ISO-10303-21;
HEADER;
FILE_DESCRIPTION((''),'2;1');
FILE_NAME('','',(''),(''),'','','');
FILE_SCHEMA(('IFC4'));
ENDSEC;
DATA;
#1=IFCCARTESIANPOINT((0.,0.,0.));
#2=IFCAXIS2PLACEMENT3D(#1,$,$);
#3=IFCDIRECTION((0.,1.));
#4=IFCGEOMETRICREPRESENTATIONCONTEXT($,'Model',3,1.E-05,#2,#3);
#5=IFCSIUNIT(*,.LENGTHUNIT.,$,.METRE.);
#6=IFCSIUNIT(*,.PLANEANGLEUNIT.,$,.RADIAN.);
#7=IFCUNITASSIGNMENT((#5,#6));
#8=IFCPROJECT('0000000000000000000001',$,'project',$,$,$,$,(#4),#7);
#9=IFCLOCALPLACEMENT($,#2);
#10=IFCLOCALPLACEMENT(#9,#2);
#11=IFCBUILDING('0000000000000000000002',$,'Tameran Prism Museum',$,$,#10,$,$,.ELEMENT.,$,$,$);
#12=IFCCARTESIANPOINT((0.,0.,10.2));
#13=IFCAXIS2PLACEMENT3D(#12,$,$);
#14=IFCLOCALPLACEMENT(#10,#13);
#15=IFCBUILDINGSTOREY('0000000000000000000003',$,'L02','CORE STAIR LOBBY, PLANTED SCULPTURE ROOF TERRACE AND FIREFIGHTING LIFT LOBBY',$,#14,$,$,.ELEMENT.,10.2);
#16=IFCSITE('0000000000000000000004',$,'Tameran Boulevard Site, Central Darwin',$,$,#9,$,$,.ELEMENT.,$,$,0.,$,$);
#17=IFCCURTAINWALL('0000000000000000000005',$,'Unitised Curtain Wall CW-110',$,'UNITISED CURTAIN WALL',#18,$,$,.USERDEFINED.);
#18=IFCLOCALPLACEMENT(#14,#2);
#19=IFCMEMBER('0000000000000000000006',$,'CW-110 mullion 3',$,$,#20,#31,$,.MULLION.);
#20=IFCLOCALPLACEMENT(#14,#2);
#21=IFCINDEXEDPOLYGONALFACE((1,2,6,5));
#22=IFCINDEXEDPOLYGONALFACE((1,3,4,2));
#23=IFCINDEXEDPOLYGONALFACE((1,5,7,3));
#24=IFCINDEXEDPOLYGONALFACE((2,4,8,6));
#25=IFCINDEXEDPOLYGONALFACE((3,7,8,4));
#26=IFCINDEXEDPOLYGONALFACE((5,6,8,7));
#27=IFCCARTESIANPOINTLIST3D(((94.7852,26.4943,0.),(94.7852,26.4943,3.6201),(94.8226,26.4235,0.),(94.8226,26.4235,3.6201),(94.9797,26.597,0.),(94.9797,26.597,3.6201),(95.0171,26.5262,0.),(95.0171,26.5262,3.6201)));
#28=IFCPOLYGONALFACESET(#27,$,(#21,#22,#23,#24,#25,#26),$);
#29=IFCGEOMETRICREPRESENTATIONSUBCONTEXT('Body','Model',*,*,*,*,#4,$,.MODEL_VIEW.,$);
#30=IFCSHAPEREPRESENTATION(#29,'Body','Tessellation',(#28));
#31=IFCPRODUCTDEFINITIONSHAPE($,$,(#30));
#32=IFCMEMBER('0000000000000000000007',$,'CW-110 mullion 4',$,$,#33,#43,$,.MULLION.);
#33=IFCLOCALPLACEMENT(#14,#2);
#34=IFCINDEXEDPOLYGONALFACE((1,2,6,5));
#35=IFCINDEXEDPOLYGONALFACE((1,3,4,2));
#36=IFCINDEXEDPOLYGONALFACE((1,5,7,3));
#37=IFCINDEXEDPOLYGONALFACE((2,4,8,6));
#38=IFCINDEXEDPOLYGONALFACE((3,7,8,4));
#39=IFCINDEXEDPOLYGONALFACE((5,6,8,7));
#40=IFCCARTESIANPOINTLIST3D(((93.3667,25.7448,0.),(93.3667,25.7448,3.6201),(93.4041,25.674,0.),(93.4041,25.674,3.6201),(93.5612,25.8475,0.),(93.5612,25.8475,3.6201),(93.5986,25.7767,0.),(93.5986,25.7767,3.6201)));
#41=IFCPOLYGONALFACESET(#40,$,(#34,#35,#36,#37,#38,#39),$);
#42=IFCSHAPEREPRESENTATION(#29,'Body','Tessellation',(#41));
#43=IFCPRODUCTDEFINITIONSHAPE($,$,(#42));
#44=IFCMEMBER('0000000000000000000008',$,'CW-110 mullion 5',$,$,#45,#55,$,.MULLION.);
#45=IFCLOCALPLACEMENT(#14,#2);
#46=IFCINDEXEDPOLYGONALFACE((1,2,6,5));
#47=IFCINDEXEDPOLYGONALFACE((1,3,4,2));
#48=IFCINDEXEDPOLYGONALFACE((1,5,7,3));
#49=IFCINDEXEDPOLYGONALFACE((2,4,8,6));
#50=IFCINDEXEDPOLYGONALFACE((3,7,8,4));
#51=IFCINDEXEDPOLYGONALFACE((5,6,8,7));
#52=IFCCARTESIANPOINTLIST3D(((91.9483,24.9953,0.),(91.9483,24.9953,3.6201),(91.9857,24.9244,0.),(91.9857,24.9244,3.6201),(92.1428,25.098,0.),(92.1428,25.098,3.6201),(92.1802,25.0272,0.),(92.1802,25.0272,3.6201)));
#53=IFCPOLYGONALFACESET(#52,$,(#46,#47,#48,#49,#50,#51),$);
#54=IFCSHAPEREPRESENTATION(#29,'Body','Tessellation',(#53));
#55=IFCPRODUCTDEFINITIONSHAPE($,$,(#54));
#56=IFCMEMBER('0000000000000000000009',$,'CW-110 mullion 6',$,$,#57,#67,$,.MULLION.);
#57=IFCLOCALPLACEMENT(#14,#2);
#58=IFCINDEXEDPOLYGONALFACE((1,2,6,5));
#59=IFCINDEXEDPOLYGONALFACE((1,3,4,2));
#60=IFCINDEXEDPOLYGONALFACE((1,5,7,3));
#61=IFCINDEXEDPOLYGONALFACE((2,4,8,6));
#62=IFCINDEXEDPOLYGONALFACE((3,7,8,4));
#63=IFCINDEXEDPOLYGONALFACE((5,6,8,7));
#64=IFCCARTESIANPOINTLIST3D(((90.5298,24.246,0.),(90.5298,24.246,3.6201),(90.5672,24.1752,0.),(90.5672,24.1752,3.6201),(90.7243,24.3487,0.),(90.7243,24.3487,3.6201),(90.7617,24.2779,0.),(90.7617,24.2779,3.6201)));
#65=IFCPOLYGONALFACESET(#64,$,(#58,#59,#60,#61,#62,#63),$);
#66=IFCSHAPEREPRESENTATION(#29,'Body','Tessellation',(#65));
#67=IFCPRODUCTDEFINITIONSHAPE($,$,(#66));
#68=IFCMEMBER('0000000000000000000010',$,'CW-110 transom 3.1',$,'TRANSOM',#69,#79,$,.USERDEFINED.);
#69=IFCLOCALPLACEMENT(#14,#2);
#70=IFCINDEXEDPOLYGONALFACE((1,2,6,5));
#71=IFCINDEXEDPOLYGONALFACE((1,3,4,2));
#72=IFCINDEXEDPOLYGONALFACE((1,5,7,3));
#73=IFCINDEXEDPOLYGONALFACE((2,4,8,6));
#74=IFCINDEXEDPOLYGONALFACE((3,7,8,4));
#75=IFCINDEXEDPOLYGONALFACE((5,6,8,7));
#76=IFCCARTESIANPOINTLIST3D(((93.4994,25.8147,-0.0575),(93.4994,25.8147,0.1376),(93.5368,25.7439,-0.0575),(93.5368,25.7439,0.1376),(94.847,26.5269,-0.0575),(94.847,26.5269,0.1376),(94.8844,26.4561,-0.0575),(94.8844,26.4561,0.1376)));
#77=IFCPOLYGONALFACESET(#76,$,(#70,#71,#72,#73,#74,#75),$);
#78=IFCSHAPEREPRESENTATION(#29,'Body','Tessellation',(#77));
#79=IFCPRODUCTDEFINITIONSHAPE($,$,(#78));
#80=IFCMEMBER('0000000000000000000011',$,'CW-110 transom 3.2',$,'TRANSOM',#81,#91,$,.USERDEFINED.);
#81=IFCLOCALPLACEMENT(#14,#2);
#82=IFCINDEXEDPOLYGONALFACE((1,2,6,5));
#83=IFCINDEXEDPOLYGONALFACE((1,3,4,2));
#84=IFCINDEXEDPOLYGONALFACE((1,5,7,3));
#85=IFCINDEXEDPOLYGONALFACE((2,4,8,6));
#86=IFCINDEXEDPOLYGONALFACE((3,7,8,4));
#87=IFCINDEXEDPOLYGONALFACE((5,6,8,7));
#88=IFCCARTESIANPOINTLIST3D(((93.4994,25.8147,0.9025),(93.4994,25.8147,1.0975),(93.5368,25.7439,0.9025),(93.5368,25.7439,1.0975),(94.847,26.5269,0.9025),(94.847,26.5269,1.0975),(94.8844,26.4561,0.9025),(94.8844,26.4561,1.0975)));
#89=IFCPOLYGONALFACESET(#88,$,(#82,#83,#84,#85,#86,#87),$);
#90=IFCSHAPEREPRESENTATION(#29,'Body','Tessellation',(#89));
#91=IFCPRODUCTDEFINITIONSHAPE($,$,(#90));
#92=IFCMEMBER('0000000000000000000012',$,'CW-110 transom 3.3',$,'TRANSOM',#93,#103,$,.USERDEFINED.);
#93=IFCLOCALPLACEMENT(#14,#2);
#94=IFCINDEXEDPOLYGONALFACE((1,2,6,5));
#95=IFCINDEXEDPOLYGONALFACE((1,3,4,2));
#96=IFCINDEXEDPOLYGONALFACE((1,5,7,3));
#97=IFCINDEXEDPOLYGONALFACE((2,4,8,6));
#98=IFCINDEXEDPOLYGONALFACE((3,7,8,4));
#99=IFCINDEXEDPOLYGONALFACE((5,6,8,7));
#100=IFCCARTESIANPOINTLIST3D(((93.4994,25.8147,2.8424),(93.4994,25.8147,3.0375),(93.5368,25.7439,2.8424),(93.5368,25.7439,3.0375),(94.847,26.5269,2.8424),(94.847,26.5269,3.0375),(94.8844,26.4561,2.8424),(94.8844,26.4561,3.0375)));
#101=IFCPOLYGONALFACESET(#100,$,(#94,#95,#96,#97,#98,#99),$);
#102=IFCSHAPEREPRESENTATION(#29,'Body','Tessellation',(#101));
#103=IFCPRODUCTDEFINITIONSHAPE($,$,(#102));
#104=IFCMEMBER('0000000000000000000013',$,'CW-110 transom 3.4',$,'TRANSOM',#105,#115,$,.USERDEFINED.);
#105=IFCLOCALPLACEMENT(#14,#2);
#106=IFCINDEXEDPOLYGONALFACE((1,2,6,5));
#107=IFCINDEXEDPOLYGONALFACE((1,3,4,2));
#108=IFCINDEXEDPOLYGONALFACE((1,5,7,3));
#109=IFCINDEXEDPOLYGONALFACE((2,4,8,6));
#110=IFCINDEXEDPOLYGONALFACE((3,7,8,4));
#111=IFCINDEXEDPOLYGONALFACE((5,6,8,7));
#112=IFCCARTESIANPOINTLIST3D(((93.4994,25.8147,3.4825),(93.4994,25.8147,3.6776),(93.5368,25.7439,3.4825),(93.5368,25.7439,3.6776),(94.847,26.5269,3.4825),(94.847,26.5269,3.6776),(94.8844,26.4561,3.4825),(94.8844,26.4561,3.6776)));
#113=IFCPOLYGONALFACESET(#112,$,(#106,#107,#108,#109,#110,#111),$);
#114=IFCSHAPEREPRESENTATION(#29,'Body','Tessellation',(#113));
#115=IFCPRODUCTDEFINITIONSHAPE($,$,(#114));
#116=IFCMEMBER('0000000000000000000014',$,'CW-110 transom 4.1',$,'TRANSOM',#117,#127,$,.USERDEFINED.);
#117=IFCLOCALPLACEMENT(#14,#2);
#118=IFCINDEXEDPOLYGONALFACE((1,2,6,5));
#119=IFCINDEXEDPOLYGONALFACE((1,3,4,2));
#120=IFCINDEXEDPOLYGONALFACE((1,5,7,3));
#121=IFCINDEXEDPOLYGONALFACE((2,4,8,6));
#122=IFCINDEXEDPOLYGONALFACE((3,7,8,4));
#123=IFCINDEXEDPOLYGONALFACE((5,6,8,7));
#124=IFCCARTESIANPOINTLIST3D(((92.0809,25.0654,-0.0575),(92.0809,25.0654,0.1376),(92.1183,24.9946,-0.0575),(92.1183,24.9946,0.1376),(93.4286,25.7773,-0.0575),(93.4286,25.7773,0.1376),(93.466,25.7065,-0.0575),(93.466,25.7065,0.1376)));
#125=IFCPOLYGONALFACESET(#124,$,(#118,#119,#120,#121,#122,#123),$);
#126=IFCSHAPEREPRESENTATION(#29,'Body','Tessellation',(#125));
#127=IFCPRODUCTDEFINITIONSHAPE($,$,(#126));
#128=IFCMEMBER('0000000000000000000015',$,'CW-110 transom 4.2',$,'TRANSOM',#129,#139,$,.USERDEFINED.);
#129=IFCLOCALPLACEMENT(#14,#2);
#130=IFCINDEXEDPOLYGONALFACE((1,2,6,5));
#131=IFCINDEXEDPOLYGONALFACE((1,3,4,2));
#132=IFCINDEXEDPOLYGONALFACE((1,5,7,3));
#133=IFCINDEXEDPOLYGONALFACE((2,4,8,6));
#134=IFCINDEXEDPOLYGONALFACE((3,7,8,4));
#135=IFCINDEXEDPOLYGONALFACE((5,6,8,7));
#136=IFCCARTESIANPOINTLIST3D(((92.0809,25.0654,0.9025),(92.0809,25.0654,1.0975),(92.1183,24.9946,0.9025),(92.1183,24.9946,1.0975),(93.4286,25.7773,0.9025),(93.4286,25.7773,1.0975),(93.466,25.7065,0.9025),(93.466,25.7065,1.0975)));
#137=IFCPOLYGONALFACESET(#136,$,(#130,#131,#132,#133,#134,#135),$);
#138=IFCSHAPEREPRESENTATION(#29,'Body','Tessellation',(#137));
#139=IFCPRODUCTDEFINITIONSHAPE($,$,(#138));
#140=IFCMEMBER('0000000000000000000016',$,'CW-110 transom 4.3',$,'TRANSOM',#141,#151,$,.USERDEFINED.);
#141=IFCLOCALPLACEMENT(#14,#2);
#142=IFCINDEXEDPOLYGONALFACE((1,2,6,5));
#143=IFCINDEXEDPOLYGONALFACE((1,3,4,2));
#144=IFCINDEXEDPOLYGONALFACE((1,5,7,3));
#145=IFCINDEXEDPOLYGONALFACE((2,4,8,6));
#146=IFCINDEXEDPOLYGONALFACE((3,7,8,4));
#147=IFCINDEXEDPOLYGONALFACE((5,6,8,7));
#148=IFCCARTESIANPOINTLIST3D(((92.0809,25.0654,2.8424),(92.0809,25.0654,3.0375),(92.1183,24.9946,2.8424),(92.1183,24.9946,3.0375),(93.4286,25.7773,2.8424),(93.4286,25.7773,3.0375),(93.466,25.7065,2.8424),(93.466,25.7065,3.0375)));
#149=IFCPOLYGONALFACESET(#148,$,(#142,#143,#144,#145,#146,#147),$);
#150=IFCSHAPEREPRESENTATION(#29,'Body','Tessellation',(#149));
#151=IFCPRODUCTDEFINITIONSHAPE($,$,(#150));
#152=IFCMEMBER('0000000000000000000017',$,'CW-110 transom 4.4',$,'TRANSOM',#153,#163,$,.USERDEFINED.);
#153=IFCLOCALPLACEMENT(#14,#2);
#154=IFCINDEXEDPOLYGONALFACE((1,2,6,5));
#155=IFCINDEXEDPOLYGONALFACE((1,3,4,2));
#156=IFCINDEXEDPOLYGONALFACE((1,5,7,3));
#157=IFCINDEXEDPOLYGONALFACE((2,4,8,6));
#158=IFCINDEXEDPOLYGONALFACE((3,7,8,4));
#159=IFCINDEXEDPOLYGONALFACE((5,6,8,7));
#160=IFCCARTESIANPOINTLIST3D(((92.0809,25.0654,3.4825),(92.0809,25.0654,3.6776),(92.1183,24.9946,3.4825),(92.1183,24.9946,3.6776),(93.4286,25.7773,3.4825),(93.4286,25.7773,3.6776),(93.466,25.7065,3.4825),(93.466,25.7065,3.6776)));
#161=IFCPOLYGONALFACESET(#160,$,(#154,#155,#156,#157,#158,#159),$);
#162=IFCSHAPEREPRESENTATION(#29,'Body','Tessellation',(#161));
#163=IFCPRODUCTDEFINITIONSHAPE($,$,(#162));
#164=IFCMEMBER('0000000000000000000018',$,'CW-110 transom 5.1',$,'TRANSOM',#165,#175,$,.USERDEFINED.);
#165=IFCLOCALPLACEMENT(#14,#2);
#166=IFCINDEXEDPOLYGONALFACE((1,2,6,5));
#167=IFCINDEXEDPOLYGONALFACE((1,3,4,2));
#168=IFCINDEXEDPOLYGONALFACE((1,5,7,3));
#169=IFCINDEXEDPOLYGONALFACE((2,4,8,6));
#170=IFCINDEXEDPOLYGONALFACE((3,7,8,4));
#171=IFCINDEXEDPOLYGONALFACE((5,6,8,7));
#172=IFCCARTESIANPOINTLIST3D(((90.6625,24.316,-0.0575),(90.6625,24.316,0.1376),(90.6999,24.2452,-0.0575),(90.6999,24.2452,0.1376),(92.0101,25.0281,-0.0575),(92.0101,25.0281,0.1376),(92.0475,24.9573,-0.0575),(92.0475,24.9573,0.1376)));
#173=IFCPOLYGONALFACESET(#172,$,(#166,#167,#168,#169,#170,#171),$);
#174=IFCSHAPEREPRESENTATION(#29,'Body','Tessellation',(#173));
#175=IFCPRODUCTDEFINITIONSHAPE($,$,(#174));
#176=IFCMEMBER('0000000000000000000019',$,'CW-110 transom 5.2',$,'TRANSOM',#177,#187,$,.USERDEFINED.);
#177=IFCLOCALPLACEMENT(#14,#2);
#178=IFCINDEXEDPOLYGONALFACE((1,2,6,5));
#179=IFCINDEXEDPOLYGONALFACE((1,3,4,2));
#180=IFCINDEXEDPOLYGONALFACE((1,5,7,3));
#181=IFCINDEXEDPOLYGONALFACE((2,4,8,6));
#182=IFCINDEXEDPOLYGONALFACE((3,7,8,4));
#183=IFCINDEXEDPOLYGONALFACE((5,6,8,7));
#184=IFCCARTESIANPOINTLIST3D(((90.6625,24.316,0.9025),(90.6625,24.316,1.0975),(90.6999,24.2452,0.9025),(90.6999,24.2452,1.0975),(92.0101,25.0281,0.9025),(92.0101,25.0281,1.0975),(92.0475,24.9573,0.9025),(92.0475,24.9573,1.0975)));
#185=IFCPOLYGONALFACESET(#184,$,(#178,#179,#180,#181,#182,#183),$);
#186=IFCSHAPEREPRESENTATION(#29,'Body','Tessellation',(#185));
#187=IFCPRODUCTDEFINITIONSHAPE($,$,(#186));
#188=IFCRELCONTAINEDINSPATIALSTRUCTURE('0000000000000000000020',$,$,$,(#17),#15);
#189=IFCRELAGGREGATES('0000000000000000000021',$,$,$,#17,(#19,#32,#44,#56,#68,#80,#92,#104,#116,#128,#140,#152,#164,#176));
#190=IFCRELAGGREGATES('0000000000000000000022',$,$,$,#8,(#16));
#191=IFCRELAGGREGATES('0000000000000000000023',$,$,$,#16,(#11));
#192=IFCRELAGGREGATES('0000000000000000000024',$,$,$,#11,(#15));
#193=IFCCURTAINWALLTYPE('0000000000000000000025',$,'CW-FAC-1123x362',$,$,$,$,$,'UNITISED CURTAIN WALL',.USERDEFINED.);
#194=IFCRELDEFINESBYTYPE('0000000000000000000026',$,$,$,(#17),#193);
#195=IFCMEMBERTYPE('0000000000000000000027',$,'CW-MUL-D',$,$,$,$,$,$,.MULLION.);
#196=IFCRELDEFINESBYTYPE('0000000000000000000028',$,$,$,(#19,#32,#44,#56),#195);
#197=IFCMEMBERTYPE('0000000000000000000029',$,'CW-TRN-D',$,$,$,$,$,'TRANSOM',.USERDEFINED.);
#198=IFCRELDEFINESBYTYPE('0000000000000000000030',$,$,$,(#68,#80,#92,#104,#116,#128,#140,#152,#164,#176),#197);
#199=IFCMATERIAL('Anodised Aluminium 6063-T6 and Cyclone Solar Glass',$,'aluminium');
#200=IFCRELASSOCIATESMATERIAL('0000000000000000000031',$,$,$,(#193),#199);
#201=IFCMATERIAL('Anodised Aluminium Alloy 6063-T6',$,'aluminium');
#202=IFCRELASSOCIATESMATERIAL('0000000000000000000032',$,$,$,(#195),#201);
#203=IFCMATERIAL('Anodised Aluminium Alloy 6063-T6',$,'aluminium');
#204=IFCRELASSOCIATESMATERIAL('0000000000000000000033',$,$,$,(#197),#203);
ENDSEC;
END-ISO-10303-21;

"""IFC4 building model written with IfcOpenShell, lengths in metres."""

from ifc_helpers import new_model, si_unit, direction, frame, origin, origin_2d, place, context, subcontext, project, spatial, rectangle, extrude, material, material_profile, profile_set, type_object, element, aggregate, save


model = new_model("IFC4")

# Units and contexts
model_context = context("Model", 3, precision=1e-05, world=origin(), true_north=direction((0.0, 1.0)))
body_context = subcontext(model_context, "Body", "Model", "MODEL_VIEW")
ifc_project = project(units=[si_unit("LENGTHUNIT", "METRE"), si_unit("PLANEANGLEUNIT", "RADIAN")], contexts=[model_context])

# Site, building, storey
site_placement = place(None, origin())
site = spatial("IfcSite", under=ifc_project, at=site_placement, Name="Tameran Boulevard Site, Central Darwin", CompositionType="ELEMENT", RefElevation=0.0)
building_placement = place(site_placement, origin())
building = spatial("IfcBuilding", under=site, at=building_placement, Name="Tameran Prism Museum", CompositionType="ELEMENT")
storey_placement = place(building_placement, frame((0.0, 0.0, 10.2)))
storey = spatial("IfcBuildingStorey", under=building, at=storey_placement, Name="L02", Description="CORE STAIR LOBBY, PLANTED SCULPTURE ROOF TERRACE AND FIREFIGHTING LIFT LOBBY", CompositionType="ELEMENT", Elevation=10.2)

# Curtain wall, members
ifc_material_1 = material(Name="Anodised Aluminium 6063-T6 and Cyclone Solar Glass", Category="aluminium")
curtain_wall_type = type_object("IfcCurtainWallType", Name="CW-FAC-1123x362", ElementType="UNITISED CURTAIN WALL", PredefinedType="USERDEFINED", material=ifc_material_1)
curtain_wall_placement = place(storey_placement, origin())
curtain_wall = element("IfcCurtainWall", 1, at=curtain_wall_placement, inside=storey, type_object=curtain_wall_type, Name="Unitised Curtain Wall CW-110", ObjectType="UNITISED CURTAIN WALL", PredefinedType="USERDEFINED")
ifc_material_2 = material(Name="Anodised Aluminium Alloy 6063-T6", Category="aluminium")
ifc_material_profile_1 = material_profile(ifc_material_2, rectangle(XDim=0.0801, YDim=0.22, at=origin_2d()))
ifc_profile_set_1 = profile_set([ifc_material_profile_1])
member_type_1 = type_object("IfcMemberType", Name="CW-MUL-D", PredefinedType="MULLION", material=ifc_profile_set_1)
member_1_placement = place(storey_placement, frame((94.9011, 26.5103, 0.0), z_axis=(0.0, 0.0, 1.0), x_axis=(0.467155, -0.884175, 0.0)))
member_1 = element("IfcMember", 2, at=member_1_placement, type_object=member_type_1, Name="CW-110 mullion 3", PredefinedType="MULLION", context=body_context, shape_type="SweptSolid", body=[
    extrude(rectangle(XDim=0.0801, YDim=0.22, at=origin_2d()), origin(), (0.0, 0.0, 1.0), 3.6201),
])
member_2_placement = place(storey_placement, frame((93.4827, 25.7607, 0.0), z_axis=(0.0, 0.0, 1.0), x_axis=(0.467155, -0.884175, 0.0)))
member_2 = element("IfcMember", 3, at=member_2_placement, type_object=member_type_1, Name="CW-110 mullion 4", PredefinedType="MULLION", context=body_context, shape_type="SweptSolid", body=[
    extrude(rectangle(XDim=0.0801, YDim=0.22, at=origin_2d()), origin(), (0.0, 0.0, 1.0), 3.6201),
])
member_3_placement = place(storey_placement, frame((92.0642, 25.0112, 0.0), z_axis=(0.0, 0.0, 1.0), x_axis=(0.467155, -0.884175, 0.0)))
member_3 = element("IfcMember", 4, at=member_3_placement, type_object=member_type_1, Name="CW-110 mullion 5", PredefinedType="MULLION", context=body_context, shape_type="SweptSolid", body=[
    extrude(rectangle(XDim=0.0801, YDim=0.22, at=origin_2d()), origin(), (0.0, 0.0, 1.0), 3.6201),
])
member_4_placement = place(storey_placement, frame((90.6458, 24.262, 0.0), z_axis=(0.0, 0.0, 1.0), x_axis=(0.467155, -0.884175, 0.0)))
member_4 = element("IfcMember", 5, at=member_4_placement, type_object=member_type_1, Name="CW-110 mullion 6", PredefinedType="MULLION", context=body_context, shape_type="SweptSolid", body=[
    extrude(rectangle(XDim=0.0801, YDim=0.22, at=origin_2d()), origin(), (0.0, 0.0, 1.0), 3.6201),
])
ifc_material_3 = material(Name="Anodised Aluminium Alloy 6063-T6", Category="aluminium")
ifc_material_profile_2 = material_profile(ifc_material_3, rectangle(XDim=0.0801, YDim=0.1951, at=origin_2d()))
ifc_profile_set_2 = profile_set([ifc_material_profile_2])
member_type_2 = type_object("IfcMemberType", Name="CW-TRN-D", ElementType="TRANSOM", PredefinedType="USERDEFINED", material=ifc_profile_set_2)
member_5_placement = place(storey_placement, frame((94.8657, 26.4915, 0.04), z_axis=(-0.884142, -0.467218, 0.0), x_axis=(0.467218, -0.884142, 0.0)))
member_5 = element("IfcMember", 6, at=member_5_placement, type_object=member_type_2, Name="CW-110 transom 3.1", ObjectType="TRANSOM", PredefinedType="USERDEFINED", context=body_context, shape_type="SweptSolid", body=[
    extrude(rectangle(XDim=0.0801, YDim=0.1951, at=origin_2d()), origin(), (0.0, 0.0, 1.0), 1.5242),
])
member_6_placement = place(storey_placement, frame((94.8657, 26.4915, 1.0), z_axis=(-0.884142, -0.467218, 0.0), x_axis=(0.467218, -0.884142, 0.0)))
member_6 = element("IfcMember", 7, at=member_6_placement, type_object=member_type_2, Name="CW-110 transom 3.2", ObjectType="TRANSOM", PredefinedType="USERDEFINED", context=body_context, shape_type="SweptSolid", body=[
    extrude(rectangle(XDim=0.0801, YDim=0.1951, at=origin_2d()), origin(), (0.0, 0.0, 1.0), 1.5242),
])
member_7_placement = place(storey_placement, frame((94.8657, 26.4915, 2.9399), z_axis=(-0.884142, -0.467218, 0.0), x_axis=(0.467218, -0.884142, 0.0)))
member_7 = element("IfcMember", 8, at=member_7_placement, type_object=member_type_2, Name="CW-110 transom 3.3", ObjectType="TRANSOM", PredefinedType="USERDEFINED", context=body_context, shape_type="SweptSolid", body=[
    extrude(rectangle(XDim=0.0801, YDim=0.1951, at=origin_2d()), origin(), (0.0, 0.0, 1.0), 1.5242),
])
member_8_placement = place(storey_placement, frame((94.8657, 26.4915, 3.5801), z_axis=(-0.884142, -0.467218, 0.0), x_axis=(0.467218, -0.884142, 0.0)))
member_8 = element("IfcMember", 9, at=member_8_placement, type_object=member_type_2, Name="CW-110 transom 3.4", ObjectType="TRANSOM", PredefinedType="USERDEFINED", context=body_context, shape_type="SweptSolid", body=[
    extrude(rectangle(XDim=0.0801, YDim=0.1951, at=origin_2d()), origin(), (0.0, 0.0, 1.0), 1.5242),
])
member_9_placement = place(storey_placement, frame((93.4473, 25.7419, 0.04), z_axis=(-0.884208, -0.467093, 0.0), x_axis=(0.467093, -0.884208, 0.0)))
member_9 = element("IfcMember", 10, at=member_9_placement, type_object=member_type_2, Name="CW-110 transom 4.1", ObjectType="TRANSOM", PredefinedType="USERDEFINED", context=body_context, shape_type="SweptSolid", body=[
    extrude(rectangle(XDim=0.0801, YDim=0.1951, at=origin_2d()), origin(), (0.0, 0.0, 1.0), 1.5242),
])
member_10_placement = place(storey_placement, frame((93.4473, 25.7419, 1.0), z_axis=(-0.884208, -0.467093, 0.0), x_axis=(0.467093, -0.884208, 0.0)))
member_10 = element("IfcMember", 11, at=member_10_placement, type_object=member_type_2, Name="CW-110 transom 4.2", ObjectType="TRANSOM", PredefinedType="USERDEFINED", context=body_context, shape_type="SweptSolid", body=[
    extrude(rectangle(XDim=0.0801, YDim=0.1951, at=origin_2d()), origin(), (0.0, 0.0, 1.0), 1.5242),
])
member_11_placement = place(storey_placement, frame((93.4473, 25.7419, 2.9399), z_axis=(-0.884208, -0.467093, 0.0), x_axis=(0.467093, -0.884208, 0.0)))
member_11 = element("IfcMember", 12, at=member_11_placement, type_object=member_type_2, Name="CW-110 transom 4.3", ObjectType="TRANSOM", PredefinedType="USERDEFINED", context=body_context, shape_type="SweptSolid", body=[
    extrude(rectangle(XDim=0.0801, YDim=0.1951, at=origin_2d()), origin(), (0.0, 0.0, 1.0), 1.5242),
])
member_12_placement = place(storey_placement, frame((93.4473, 25.7419, 3.5801), z_axis=(-0.884208, -0.467093, 0.0), x_axis=(0.467093, -0.884208, 0.0)))
member_12 = element("IfcMember", 13, at=member_12_placement, type_object=member_type_2, Name="CW-110 transom 4.4", ObjectType="TRANSOM", PredefinedType="USERDEFINED", context=body_context, shape_type="SweptSolid", body=[
    extrude(rectangle(XDim=0.0801, YDim=0.1951, at=origin_2d()), origin(), (0.0, 0.0, 1.0), 1.5242),
])
member_13_placement = place(storey_placement, frame((92.0288, 24.9927, 0.04), z_axis=(-0.884142, -0.467218, 0.0), x_axis=(0.467218, -0.884142, 0.0)))
member_13 = element("IfcMember", 14, at=member_13_placement, type_object=member_type_2, Name="CW-110 transom 5.1", ObjectType="TRANSOM", PredefinedType="USERDEFINED", context=body_context, shape_type="SweptSolid", body=[
    extrude(rectangle(XDim=0.0801, YDim=0.1951, at=origin_2d()), origin(), (0.0, 0.0, 1.0), 1.5242),
])
member_14_placement = place(storey_placement, frame((92.0288, 24.9927, 1.0), z_axis=(-0.884142, -0.467218, 0.0), x_axis=(0.467218, -0.884142, 0.0)))
member_14 = element("IfcMember", 15, at=member_14_placement, type_object=member_type_2, Name="CW-110 transom 5.2", ObjectType="TRANSOM", PredefinedType="USERDEFINED", context=body_context, shape_type="SweptSolid", body=[
    extrude(rectangle(XDim=0.0801, YDim=0.1951, at=origin_2d()), origin(), (0.0, 0.0, 1.0), 1.5242),
])
aggregate(curtain_wall, [member_1, member_2, member_3, member_4, member_5, member_6, member_7, member_8, member_9, member_10, member_11, member_12, member_13, member_14])

save(model, "model.ifc")
